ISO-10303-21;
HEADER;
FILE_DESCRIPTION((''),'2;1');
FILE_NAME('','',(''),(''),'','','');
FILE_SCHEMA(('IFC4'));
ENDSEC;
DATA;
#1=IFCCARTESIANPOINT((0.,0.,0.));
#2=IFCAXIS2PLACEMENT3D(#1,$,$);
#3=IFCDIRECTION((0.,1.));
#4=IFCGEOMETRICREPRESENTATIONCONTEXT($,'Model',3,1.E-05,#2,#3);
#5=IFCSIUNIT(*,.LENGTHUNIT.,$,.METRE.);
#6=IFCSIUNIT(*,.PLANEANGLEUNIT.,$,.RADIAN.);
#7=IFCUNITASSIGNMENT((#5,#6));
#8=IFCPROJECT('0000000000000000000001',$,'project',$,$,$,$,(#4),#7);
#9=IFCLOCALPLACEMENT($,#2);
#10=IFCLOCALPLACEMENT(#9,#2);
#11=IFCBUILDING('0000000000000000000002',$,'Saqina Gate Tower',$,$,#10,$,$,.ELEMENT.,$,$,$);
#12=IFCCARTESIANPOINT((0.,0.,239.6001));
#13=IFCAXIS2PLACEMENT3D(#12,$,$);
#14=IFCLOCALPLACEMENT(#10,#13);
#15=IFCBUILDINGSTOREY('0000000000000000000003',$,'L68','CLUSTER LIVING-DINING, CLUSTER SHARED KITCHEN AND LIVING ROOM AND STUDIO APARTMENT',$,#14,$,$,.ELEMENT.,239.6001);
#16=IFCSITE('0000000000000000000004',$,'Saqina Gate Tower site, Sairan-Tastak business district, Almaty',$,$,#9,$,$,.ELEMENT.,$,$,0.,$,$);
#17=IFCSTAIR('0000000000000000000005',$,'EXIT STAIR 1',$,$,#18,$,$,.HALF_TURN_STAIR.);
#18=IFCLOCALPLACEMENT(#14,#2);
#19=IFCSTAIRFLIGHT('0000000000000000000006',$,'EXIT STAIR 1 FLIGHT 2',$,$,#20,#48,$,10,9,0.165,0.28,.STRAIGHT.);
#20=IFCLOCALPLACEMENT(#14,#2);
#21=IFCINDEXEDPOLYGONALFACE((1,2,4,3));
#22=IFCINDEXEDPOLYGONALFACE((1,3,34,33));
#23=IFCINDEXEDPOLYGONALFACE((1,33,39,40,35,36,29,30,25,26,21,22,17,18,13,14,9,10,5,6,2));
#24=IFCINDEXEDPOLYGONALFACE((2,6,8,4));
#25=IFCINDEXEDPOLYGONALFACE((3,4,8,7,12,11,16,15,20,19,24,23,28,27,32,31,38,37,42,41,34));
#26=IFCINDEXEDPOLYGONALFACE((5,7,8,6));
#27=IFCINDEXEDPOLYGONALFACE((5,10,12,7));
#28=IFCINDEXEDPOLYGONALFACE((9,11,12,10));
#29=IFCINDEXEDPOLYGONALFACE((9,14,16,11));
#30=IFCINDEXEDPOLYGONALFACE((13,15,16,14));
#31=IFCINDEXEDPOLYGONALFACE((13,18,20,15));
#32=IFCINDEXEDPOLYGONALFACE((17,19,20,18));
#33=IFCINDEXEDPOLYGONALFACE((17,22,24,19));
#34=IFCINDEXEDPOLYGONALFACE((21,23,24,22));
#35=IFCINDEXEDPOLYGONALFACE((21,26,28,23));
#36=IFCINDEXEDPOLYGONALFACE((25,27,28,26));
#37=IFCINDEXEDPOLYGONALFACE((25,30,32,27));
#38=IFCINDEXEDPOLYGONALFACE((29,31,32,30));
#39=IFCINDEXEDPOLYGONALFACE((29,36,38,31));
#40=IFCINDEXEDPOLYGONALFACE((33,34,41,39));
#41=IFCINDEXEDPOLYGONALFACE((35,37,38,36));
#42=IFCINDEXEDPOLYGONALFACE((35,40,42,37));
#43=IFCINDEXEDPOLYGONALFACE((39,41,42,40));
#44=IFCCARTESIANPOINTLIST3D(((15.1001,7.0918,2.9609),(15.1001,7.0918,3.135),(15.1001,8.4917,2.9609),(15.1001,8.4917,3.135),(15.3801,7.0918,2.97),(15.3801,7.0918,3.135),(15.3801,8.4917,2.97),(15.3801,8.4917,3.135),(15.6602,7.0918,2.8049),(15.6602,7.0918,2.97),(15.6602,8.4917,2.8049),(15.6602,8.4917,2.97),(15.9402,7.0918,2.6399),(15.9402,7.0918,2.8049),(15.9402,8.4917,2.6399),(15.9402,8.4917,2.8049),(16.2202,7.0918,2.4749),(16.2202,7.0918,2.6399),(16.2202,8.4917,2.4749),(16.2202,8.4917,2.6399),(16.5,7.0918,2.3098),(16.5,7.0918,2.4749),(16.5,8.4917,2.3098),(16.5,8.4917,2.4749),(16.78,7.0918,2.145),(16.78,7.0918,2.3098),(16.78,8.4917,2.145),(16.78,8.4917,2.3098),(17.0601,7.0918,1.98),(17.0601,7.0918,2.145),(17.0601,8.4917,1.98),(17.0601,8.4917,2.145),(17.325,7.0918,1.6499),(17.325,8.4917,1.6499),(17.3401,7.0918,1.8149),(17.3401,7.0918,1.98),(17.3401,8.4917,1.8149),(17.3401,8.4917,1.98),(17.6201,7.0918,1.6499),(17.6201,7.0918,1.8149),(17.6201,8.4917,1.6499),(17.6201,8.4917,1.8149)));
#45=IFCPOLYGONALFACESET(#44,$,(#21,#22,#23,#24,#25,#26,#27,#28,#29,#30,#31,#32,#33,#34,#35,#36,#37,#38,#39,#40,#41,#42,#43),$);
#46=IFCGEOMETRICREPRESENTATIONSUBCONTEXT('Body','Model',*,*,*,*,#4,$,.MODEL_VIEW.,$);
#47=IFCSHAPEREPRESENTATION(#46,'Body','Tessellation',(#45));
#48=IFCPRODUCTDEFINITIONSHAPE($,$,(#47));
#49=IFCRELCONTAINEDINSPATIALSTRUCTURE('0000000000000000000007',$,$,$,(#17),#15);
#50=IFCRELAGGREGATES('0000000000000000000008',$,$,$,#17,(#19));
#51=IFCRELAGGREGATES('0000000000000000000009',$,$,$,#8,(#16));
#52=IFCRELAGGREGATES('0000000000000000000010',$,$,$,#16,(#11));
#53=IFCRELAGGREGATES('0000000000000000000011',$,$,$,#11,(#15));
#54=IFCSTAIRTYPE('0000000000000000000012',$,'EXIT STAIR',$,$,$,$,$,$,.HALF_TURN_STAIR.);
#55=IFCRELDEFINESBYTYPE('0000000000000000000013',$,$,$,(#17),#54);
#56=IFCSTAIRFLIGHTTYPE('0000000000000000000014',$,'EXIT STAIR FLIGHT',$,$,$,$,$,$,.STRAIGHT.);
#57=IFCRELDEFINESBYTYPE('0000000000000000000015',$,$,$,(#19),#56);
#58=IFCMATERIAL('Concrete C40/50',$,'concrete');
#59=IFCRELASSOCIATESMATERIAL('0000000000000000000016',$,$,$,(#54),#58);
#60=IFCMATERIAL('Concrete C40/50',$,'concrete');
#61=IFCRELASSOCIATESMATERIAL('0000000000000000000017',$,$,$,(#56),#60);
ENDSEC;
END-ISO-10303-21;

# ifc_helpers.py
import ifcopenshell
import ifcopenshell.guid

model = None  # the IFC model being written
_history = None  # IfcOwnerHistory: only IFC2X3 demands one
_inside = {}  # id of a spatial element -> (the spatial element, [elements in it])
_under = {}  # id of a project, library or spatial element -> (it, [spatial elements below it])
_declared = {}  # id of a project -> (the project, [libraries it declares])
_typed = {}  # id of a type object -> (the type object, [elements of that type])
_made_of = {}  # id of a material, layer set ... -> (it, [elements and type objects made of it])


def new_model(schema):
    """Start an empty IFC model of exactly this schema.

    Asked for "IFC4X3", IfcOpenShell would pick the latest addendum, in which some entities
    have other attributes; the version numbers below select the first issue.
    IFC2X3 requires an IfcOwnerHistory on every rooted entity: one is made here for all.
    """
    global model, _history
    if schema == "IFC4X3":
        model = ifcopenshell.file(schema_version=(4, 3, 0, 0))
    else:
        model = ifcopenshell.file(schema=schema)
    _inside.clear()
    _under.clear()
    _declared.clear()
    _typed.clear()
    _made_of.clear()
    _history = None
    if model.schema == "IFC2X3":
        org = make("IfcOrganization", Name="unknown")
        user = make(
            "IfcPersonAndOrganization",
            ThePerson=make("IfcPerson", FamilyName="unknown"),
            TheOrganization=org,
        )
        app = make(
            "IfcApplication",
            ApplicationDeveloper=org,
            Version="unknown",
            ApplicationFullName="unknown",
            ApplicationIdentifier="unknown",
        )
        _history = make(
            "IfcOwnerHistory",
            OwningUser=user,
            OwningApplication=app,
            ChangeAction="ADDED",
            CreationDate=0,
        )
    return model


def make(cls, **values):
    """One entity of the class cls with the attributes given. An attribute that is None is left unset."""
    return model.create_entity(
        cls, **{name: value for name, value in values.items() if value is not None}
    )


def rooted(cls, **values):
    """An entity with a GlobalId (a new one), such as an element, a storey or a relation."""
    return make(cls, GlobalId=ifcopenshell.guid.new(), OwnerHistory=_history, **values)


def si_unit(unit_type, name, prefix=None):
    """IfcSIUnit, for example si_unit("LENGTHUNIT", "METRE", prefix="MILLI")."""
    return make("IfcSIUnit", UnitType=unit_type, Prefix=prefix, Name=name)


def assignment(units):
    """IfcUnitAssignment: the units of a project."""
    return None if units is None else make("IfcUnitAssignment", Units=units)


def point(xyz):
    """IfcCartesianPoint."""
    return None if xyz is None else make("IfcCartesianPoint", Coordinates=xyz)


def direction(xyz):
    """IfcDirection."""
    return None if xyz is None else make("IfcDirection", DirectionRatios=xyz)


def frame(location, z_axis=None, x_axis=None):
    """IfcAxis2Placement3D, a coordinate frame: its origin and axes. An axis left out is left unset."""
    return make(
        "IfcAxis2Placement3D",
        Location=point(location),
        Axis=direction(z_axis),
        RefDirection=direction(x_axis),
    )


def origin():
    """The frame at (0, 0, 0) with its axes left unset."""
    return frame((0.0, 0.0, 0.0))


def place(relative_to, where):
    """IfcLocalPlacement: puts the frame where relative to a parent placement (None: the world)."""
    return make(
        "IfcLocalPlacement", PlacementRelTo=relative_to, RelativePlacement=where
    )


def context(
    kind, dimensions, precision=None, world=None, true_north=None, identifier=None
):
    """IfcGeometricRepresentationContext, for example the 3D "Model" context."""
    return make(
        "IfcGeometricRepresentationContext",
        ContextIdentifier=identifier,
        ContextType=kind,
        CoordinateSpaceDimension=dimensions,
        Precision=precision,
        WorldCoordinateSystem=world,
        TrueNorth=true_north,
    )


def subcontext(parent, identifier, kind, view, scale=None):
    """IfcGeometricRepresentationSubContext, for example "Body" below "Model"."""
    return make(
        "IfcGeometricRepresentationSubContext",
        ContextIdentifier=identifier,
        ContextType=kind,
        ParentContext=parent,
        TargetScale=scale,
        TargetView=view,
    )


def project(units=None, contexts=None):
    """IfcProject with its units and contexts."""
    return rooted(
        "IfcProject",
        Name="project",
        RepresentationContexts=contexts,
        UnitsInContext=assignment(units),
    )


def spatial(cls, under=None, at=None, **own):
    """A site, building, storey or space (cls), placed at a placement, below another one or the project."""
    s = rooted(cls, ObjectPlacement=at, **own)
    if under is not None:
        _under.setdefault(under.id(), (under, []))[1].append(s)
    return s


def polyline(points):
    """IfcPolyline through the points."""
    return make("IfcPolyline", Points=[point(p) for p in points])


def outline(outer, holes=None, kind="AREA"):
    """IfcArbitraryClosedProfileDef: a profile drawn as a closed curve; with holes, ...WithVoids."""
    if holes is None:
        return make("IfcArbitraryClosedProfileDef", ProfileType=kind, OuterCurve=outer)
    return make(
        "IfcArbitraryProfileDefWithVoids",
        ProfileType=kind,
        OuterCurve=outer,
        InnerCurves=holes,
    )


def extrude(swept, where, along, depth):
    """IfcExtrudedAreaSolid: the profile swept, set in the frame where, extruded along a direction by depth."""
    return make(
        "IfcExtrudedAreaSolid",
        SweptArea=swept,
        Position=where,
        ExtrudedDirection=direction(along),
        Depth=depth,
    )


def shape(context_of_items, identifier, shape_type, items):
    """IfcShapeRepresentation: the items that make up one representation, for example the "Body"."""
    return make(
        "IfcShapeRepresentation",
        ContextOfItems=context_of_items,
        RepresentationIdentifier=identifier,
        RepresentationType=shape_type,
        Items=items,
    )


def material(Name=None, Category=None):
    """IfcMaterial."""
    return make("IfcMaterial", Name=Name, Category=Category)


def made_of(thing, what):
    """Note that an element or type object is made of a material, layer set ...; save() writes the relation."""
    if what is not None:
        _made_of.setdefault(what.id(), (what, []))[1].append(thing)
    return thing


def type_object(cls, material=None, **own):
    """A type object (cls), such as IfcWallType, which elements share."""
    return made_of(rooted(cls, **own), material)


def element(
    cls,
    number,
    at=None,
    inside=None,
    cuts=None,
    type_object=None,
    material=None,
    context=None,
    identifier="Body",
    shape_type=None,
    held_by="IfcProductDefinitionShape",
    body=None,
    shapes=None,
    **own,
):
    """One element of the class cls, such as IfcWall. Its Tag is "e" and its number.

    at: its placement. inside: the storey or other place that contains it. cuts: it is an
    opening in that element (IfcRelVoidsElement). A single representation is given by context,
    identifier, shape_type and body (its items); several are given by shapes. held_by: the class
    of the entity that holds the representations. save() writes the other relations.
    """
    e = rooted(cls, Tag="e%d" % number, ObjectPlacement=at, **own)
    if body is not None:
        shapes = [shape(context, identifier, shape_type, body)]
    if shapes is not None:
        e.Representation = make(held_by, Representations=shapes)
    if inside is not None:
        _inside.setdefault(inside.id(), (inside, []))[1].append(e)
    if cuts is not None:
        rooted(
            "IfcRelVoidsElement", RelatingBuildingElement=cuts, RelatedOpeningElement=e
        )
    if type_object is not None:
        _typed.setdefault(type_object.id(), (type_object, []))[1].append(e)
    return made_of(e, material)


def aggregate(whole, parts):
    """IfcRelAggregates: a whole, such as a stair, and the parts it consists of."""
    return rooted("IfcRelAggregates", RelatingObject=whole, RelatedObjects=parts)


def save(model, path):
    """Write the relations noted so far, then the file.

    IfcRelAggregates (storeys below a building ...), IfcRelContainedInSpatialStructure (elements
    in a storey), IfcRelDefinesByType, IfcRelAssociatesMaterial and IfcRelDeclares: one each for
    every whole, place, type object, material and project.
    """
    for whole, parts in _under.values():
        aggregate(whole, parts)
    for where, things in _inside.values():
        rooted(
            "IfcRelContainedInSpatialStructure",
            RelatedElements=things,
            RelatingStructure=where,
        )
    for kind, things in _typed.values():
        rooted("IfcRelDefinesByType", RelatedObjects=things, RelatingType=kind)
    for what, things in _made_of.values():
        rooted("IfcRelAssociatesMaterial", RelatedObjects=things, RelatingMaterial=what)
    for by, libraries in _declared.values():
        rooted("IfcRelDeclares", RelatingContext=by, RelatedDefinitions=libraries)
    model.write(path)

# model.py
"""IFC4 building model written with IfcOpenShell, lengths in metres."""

from ifc_helpers import new_model, si_unit, direction, frame, origin, place, context, subcontext, project, spatial, polyline, outline, extrude, material, type_object, element, aggregate, save


model = new_model("IFC4")

# Units and contexts
model_context = context("Model", 3, precision=1e-05, world=origin(), true_north=direction((0.0, 1.0)))
body_context = subcontext(model_context, "Body", "Model", "MODEL_VIEW")
ifc_project = project(units=[si_unit("LENGTHUNIT", "METRE"), si_unit("PLANEANGLEUNIT", "RADIAN")], contexts=[model_context])

# Site, building, storey
site_placement = place(None, origin())
site = spatial("IfcSite", under=ifc_project, at=site_placement, Name="Saqina Gate Tower site, Sairan-Tastak business district, Almaty", CompositionType="ELEMENT", RefElevation=0.0)
building_placement = place(site_placement, origin())
building = spatial("IfcBuilding", under=site, at=building_placement, Name="Saqina Gate Tower", CompositionType="ELEMENT")
storey_placement = place(building_placement, frame((0.0, 0.0, 239.6001)))
storey = spatial("IfcBuildingStorey", under=building, at=storey_placement, Name="L68", Description="CLUSTER LIVING-DINING, CLUSTER SHARED KITCHEN AND LIVING ROOM AND STUDIO APARTMENT", CompositionType="ELEMENT", Elevation=239.6001)

# Stair, stair flight
ifc_material_1 = material(Name="Concrete C40/50", Category="concrete")
stair_type = type_object("IfcStairType", Name="EXIT STAIR", PredefinedType="HALF_TURN_STAIR", material=ifc_material_1)
stair_placement = place(storey_placement, origin())
stair = element("IfcStair", 1, at=stair_placement, inside=storey, type_object=stair_type, Name="EXIT STAIR 1", PredefinedType="HALF_TURN_STAIR")
ifc_material_2 = material(Name="Concrete C40/50", Category="concrete")
stair_flight_type = type_object("IfcStairFlightType", Name="EXIT STAIR FLIGHT", PredefinedType="STRAIGHT", material=ifc_material_2)
stair_flight_placement = place(storey_placement, frame((17.6201, 7.7917, 1.6499), z_axis=(0.0, 0.0, 1.0), x_axis=(-1.0, 0.0, 0.0)))
stair_flight = element("IfcStairFlight", 2, at=stair_flight_placement, type_object=stair_flight_type, Name="EXIT STAIR 1 FLIGHT 2", NumberOfRisers=10, NumberOfTreads=9, PredefinedType="STRAIGHT", RiserHeight=0.165, TreadLength=0.28, context=body_context, shape_type="SweptSolid", body=[
    extrude(outline(polyline([(0.0, 0.0), (0.0, 0.165), (0.28, 0.165), (0.28, 0.3301), (0.5601, 0.3301), (0.5601, 0.4951), (0.8401, 0.4951), (0.8401, 0.6599), (1.1201, 0.6599), (1.1201, 0.825), (1.3999, 0.825), (1.3999, 0.99), (1.6799, 0.99), (1.6799, 1.155), (1.96, 1.155), (1.96, 1.3201), (2.24, 1.3201), (2.24, 1.4851), (2.52, 1.4851), (2.52, 1.6499), (2.52, 1.311), (0.2952, 0.0), (0.0, 0.0)])), frame((0.0, 0.7, 0.0), z_axis=(0.0, -1.0, 0.0), x_axis=(1.0, 0.0, 0.0)), (0.0, 0.0, 1.0), 1.3999),
])
aggregate(stair, [stair_flight])

save(model, "model.ifc")
